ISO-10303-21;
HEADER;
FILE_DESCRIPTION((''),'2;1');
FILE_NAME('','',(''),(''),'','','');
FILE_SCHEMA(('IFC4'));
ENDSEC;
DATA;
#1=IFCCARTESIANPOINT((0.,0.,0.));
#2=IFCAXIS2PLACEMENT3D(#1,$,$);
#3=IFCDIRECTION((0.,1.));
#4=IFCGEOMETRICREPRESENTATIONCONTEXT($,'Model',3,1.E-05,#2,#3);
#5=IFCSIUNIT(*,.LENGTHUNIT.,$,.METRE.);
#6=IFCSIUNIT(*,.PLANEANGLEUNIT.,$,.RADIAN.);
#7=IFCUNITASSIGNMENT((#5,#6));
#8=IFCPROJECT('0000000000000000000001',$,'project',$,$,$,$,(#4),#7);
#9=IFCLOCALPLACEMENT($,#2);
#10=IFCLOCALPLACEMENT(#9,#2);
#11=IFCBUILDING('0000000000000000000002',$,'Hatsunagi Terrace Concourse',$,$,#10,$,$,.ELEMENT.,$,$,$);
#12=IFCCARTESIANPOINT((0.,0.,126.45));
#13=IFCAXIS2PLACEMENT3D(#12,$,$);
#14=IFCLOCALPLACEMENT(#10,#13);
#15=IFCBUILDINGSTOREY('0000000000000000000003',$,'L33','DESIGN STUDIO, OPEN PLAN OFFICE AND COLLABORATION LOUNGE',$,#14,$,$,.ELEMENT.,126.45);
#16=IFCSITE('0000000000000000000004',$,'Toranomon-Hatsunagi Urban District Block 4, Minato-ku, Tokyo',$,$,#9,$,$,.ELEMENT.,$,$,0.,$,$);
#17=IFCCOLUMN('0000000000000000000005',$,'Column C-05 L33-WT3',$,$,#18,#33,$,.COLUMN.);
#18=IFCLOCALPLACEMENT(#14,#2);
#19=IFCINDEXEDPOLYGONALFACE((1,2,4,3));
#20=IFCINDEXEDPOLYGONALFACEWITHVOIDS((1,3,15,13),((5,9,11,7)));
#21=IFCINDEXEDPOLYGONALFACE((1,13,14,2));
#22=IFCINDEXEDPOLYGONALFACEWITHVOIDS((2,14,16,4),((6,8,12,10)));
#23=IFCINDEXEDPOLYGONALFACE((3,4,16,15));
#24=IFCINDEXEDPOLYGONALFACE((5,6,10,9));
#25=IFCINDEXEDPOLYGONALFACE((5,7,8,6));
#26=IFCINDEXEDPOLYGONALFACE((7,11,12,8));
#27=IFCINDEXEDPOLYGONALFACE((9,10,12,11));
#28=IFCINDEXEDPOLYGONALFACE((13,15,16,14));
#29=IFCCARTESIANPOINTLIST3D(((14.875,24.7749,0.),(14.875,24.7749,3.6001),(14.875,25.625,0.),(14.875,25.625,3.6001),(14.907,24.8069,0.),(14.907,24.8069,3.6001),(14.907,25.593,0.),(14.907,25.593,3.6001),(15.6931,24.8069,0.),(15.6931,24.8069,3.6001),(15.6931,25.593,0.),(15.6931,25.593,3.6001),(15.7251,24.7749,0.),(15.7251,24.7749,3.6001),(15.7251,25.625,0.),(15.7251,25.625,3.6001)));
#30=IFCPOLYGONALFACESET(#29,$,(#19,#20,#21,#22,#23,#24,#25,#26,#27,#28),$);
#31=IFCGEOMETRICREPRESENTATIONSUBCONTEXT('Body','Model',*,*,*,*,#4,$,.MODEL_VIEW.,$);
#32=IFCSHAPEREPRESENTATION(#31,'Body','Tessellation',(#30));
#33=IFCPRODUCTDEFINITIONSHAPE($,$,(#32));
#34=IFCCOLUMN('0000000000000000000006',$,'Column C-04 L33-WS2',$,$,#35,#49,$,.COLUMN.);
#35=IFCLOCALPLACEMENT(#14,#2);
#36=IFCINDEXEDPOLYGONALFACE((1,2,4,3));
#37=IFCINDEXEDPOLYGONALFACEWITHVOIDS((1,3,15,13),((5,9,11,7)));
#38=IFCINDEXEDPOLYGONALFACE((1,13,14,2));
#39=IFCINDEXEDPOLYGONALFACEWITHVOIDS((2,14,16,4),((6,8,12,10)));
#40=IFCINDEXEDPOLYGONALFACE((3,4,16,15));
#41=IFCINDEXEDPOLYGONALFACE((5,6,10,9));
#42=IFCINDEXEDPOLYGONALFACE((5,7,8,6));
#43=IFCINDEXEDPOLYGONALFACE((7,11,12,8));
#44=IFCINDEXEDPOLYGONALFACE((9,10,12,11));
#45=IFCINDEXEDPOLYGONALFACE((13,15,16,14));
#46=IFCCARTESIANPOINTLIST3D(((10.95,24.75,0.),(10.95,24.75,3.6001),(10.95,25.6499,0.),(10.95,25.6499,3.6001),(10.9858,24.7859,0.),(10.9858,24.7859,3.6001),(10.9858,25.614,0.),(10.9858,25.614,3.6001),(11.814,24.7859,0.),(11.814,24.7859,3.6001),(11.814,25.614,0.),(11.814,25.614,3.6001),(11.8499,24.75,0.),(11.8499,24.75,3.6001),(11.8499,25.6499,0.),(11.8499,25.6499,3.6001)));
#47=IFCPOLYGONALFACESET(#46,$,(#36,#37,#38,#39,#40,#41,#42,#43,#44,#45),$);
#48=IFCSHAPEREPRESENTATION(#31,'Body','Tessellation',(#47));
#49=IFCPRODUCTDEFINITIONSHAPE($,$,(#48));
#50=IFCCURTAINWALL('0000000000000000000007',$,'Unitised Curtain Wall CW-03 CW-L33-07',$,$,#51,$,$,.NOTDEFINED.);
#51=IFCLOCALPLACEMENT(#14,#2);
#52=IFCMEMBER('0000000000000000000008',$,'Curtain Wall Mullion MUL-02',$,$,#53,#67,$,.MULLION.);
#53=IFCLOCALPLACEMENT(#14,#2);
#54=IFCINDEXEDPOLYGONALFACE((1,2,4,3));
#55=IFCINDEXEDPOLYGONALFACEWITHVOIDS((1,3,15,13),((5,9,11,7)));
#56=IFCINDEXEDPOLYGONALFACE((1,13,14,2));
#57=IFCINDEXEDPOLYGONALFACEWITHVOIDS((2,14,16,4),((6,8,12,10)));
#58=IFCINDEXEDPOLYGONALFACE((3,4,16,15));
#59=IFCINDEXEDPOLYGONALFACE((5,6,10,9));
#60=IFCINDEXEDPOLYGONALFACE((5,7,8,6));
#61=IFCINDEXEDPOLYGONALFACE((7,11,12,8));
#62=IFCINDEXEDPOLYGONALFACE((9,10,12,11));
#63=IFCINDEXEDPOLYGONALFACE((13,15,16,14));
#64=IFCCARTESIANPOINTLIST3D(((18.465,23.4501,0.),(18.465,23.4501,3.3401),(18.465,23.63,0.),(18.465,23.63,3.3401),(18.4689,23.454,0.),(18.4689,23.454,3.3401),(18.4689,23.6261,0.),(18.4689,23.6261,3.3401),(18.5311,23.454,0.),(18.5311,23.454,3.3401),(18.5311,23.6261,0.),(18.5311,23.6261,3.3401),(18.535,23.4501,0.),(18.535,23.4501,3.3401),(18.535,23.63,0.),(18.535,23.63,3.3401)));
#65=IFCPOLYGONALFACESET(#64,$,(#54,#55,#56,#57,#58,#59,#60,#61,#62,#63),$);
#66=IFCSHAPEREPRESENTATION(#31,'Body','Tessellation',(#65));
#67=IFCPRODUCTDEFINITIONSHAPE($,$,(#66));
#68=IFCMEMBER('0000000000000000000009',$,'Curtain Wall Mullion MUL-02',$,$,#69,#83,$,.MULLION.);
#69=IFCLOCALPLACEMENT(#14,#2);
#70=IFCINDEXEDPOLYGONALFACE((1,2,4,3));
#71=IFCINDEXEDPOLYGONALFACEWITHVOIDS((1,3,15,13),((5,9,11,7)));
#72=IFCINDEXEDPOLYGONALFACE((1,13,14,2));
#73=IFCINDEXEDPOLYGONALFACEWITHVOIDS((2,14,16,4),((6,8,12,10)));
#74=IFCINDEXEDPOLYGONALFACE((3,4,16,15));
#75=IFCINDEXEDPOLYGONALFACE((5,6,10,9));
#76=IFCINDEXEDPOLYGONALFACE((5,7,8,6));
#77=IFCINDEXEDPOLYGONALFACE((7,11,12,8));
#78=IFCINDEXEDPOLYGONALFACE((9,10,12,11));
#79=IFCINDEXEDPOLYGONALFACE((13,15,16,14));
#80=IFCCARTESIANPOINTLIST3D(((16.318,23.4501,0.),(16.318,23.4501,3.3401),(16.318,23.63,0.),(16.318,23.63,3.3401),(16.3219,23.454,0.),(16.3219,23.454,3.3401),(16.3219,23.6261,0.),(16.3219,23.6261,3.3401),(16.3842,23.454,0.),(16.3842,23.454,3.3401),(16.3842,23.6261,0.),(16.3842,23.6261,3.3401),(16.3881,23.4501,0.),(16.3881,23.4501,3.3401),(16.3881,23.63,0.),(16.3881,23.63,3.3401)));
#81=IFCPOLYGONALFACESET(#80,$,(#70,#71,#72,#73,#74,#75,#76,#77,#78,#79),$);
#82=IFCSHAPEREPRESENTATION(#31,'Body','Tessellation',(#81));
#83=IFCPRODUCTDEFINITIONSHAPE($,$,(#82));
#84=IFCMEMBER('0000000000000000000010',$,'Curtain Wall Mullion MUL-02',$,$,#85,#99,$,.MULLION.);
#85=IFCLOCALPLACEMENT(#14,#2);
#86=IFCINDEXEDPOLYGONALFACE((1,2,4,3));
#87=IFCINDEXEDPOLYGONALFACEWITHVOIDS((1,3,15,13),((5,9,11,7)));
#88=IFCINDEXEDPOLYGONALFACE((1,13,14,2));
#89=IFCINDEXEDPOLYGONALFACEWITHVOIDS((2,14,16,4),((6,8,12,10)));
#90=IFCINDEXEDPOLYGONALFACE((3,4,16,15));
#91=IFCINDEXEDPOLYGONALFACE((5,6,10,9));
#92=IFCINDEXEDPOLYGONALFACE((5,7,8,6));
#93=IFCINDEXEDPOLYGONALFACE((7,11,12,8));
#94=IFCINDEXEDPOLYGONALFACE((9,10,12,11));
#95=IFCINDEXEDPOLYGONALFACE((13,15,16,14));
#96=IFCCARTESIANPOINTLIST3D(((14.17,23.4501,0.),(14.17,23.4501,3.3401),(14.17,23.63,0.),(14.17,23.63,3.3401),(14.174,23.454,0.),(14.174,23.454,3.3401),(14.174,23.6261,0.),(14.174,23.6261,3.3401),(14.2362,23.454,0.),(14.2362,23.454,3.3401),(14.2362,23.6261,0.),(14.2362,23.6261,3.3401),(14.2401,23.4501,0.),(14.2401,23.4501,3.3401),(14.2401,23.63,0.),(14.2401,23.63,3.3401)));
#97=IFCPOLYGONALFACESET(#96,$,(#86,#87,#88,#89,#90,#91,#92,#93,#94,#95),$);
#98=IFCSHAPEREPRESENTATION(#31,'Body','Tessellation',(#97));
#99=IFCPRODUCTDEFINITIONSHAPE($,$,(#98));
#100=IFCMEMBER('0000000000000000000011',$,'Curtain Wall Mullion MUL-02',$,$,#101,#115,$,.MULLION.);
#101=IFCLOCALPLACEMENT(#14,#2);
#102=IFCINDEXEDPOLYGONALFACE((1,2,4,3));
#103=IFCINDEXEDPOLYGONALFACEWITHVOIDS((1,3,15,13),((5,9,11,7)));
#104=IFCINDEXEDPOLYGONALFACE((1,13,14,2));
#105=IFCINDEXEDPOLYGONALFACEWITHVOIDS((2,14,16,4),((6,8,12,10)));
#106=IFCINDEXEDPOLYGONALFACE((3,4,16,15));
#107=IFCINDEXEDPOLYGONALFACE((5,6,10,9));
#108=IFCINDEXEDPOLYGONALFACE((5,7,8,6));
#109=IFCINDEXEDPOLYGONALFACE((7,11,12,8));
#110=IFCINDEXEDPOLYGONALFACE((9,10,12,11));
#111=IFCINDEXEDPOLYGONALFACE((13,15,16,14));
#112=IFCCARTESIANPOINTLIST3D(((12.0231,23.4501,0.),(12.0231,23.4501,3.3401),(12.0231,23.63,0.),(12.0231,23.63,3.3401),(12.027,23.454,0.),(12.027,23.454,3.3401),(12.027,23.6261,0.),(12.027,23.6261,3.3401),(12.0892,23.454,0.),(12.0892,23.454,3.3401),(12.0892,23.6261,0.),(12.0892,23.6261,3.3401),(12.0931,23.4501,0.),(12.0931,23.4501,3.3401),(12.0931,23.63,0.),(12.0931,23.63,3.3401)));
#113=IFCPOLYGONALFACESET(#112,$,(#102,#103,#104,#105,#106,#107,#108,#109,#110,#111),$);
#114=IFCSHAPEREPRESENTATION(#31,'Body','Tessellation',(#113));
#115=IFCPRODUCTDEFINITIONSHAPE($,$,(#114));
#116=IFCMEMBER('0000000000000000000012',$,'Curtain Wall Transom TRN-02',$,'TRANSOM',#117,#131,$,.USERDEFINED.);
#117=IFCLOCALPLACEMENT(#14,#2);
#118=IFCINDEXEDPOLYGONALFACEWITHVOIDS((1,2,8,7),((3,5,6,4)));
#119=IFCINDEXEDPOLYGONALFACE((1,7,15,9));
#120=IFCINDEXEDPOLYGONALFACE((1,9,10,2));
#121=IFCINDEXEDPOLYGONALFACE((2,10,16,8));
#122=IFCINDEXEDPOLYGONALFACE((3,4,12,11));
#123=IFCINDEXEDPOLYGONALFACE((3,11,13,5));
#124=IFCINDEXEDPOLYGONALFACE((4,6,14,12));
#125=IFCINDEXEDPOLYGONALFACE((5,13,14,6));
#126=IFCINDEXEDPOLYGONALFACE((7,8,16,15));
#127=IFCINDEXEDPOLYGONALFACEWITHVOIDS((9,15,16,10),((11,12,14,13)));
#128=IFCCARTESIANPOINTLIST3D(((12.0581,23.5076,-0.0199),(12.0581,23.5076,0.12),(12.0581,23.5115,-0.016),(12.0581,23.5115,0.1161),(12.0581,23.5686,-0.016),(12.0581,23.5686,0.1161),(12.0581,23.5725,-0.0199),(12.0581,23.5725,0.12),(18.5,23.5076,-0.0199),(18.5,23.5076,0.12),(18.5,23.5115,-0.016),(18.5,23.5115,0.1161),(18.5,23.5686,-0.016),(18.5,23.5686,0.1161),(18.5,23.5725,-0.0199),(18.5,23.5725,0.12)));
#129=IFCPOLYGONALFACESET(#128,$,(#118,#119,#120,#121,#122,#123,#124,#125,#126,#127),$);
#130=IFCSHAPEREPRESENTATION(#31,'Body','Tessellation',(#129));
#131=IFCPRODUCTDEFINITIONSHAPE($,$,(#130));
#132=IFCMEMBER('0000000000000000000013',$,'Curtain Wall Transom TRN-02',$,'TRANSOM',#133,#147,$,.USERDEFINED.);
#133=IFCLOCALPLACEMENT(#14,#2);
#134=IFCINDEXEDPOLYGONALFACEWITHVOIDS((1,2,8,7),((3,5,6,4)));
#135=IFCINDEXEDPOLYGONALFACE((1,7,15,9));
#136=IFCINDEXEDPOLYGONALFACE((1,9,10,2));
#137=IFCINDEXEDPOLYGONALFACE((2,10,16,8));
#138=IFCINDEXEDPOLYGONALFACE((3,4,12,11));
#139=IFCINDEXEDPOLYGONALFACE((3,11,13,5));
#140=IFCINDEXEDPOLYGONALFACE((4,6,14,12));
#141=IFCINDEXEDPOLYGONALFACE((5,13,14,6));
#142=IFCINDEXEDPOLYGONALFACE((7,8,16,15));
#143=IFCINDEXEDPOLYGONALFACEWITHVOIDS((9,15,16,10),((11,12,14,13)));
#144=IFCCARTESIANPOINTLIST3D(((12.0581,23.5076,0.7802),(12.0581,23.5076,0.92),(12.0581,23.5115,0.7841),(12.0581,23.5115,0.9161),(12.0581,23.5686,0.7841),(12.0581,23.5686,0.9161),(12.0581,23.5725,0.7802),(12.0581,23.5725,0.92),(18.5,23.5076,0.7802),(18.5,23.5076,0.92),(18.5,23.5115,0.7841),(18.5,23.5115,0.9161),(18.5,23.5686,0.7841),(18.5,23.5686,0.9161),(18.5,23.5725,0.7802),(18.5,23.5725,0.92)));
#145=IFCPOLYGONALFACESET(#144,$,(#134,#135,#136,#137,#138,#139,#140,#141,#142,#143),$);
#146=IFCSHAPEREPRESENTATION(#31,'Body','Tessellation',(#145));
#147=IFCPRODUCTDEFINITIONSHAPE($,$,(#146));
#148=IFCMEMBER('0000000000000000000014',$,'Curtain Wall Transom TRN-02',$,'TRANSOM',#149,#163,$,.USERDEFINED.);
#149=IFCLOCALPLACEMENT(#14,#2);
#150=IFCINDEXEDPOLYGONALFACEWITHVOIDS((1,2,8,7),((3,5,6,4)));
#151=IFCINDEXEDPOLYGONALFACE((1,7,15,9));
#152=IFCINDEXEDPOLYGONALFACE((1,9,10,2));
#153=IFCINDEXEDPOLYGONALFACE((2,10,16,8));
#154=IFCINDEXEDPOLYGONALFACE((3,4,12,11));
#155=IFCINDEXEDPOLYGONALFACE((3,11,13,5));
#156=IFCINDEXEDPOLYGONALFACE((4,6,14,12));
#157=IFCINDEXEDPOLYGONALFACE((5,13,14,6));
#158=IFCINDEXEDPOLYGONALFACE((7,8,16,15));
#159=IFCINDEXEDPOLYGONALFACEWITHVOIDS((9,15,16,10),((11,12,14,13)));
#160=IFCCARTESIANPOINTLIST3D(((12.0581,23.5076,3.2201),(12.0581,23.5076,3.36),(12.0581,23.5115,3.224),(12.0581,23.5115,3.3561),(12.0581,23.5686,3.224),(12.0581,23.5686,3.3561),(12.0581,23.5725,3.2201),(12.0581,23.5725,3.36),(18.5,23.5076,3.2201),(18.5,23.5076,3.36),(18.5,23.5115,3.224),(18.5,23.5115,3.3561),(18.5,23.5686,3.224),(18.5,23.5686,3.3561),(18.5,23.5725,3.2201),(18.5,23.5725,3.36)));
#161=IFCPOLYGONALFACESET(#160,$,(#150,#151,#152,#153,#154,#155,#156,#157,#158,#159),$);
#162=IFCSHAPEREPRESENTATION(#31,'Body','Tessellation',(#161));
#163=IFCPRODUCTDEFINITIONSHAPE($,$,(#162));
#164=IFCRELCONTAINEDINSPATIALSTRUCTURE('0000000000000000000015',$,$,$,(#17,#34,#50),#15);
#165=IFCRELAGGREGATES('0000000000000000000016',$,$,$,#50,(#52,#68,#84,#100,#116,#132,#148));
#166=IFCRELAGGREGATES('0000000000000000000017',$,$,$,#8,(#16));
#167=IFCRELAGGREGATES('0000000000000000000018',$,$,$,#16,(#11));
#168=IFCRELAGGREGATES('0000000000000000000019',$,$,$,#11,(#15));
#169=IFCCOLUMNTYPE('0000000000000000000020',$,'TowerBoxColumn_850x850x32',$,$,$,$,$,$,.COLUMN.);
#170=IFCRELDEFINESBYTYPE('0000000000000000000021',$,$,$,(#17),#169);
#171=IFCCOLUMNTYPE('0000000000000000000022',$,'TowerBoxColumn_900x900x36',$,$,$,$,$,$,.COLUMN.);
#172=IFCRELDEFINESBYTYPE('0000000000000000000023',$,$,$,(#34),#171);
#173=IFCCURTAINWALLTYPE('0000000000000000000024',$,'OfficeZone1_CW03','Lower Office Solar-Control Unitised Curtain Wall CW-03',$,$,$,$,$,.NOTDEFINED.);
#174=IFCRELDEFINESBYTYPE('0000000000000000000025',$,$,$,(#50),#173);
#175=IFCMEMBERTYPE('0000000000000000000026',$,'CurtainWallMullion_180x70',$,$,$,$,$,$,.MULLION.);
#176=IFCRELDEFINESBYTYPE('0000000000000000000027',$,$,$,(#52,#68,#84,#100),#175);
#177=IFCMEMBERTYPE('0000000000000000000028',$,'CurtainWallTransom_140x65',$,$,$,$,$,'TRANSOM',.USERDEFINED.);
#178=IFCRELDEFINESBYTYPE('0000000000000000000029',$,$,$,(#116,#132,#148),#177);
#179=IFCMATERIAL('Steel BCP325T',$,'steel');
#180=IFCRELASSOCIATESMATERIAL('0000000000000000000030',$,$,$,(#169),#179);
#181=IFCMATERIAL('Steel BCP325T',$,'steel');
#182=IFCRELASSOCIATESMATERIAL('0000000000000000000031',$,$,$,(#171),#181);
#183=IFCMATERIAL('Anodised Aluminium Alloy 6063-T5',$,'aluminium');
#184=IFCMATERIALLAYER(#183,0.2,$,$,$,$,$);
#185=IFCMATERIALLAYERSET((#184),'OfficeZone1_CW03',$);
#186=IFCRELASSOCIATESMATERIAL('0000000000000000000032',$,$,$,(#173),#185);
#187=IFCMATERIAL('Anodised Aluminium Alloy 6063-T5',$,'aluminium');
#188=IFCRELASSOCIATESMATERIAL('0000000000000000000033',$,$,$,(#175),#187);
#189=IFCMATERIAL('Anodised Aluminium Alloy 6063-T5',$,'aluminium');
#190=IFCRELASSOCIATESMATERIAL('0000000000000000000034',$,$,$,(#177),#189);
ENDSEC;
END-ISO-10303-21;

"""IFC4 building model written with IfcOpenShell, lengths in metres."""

from ifc_helpers import new_model, si_unit, direction, frame, origin, origin_2d, place, context, subcontext, project, spatial, hollow_rectangle, extrude, material, layer, layer_set, material_profile, profile_set, type_object, element, aggregate, save


model = new_model("IFC4")

# Units and contexts
model_context = context("Model", 3, precision=1e-05, world=origin(), true_north=direction((0.0, 1.0)))
body_context = subcontext(model_context, "Body", "Model", "MODEL_VIEW")
ifc_project = project(units=[si_unit("LENGTHUNIT", "METRE"), si_unit("PLANEANGLEUNIT", "RADIAN")], contexts=[model_context])

# Site, building, storey
site_placement = place(None, origin())
site = spatial("IfcSite", under=ifc_project, at=site_placement, Name="Toranomon-Hatsunagi Urban District Block 4, Minato-ku, Tokyo", CompositionType="ELEMENT", RefElevation=0.0)
building_placement = place(site_placement, origin())
building = spatial("IfcBuilding", under=site, at=building_placement, Name="Hatsunagi Terrace Concourse", CompositionType="ELEMENT")
storey_placement = place(building_placement, frame((0.0, 0.0, 126.45)))
storey = spatial("IfcBuildingStorey", under=building, at=storey_placement, Name="L33", Description="DESIGN STUDIO, OPEN PLAN OFFICE AND COLLABORATION LOUNGE", CompositionType="ELEMENT", Elevation=126.45)

# Columns
ifc_material_1 = material(Name="Steel BCP325T", Category="steel")
ifc_material_profile_1 = material_profile(ifc_material_1, hollow_rectangle(XDim=0.8501, YDim=0.8501, WallThickness=0.032, at=origin_2d()), Name="BCP-850x850x32")
ifc_profile_set_1 = profile_set([ifc_material_profile_1], Name="Steel BCP325T")
column_type_1 = type_object("IfcColumnType", Name="TowerBoxColumn_850x850x32", PredefinedType="COLUMN", material=ifc_profile_set_1)
column_1_placement = place(storey_placement, frame((15.3, 25.2, 0.0), z_axis=(0.0, 0.0, 1.0), x_axis=(1.0, 0.0, 0.0)))
element("IfcColumn", 1, at=column_1_placement, inside=storey, type_object=column_type_1, Name="Column C-05 L33-WT3", PredefinedType="COLUMN", context=body_context, shape_type="SweptSolid", body=[
    extrude(hollow_rectangle(XDim=0.8501, YDim=0.8501, WallThickness=0.032, at=origin_2d()), origin(), (0.0, 0.0, 1.0), 3.6001),
])
ifc_material_2 = material(Name="Steel BCP325T", Category="steel")
ifc_material_profile_2 = material_profile(ifc_material_2, hollow_rectangle(XDim=0.8999, YDim=0.8999, WallThickness=0.0359, at=origin_2d()), Name="BCP-900x900x36")
ifc_profile_set_2 = profile_set([ifc_material_profile_2], Name="Steel BCP325T")
column_type_2 = type_object("IfcColumnType", Name="TowerBoxColumn_900x900x36", PredefinedType="COLUMN", material=ifc_profile_set_2)
column_2_placement = place(storey_placement, frame((11.3999, 25.2, 0.0), z_axis=(0.0, 0.0, 1.0), x_axis=(1.0, 0.0, 0.0)))
element("IfcColumn", 2, at=column_2_placement, inside=storey, type_object=column_type_2, Name="Column C-04 L33-WS2", PredefinedType="COLUMN", context=body_context, shape_type="SweptSolid", body=[
    extrude(hollow_rectangle(XDim=0.8999, YDim=0.8999, WallThickness=0.0359, at=origin_2d()), origin(), (0.0, 0.0, 1.0), 3.6001),
])

# Curtain wall, members
ifc_material_3 = material(Name="Anodised Aluminium Alloy 6063-T5", Category="aluminium")
ifc_layer_1 = layer(ifc_material_3, 0.2)
ifc_layer_set_1 = layer_set([ifc_layer_1], Name="OfficeZone1_CW03")
curtain_wall_type = type_object("IfcCurtainWallType", Name="OfficeZone1_CW03", Description="Lower Office Solar-Control Unitised Curtain Wall CW-03", PredefinedType="NOTDEFINED", material=ifc_layer_set_1)
curtain_wall_placement = place(storey_placement, origin())
curtain_wall = element("IfcCurtainWall", 3, at=curtain_wall_placement, inside=storey, type_object=curtain_wall_type, Name="Unitised Curtain Wall CW-03 CW-L33-07", PredefinedType="NOTDEFINED")
ifc_material_4 = material(Name="Anodised Aluminium Alloy 6063-T5", Category="aluminium")
ifc_material_profile_3 = material_profile(ifc_material_4, hollow_rectangle(XDim=0.0701, YDim=0.1799, WallThickness=0.0039, at=origin_2d()), Name="ALU-MUL-180x70x4")
ifc_profile_set_3 = profile_set([ifc_material_profile_3], Name="Anodised Aluminium Alloy 6063-T5")
member_type_1 = type_object("IfcMemberType", Name="CurtainWallMullion_180x70", PredefinedType="MULLION", material=ifc_profile_set_3)
member_1_placement = place(storey_placement, frame((18.5, 23.54, 0.0), z_axis=(0.0, 0.0, 1.0), x_axis=(-1.0, 0.0, 0.0)))
member_1 = element("IfcMember", 4, at=member_1_placement, type_object=member_type_1, Name="Curtain Wall Mullion MUL-02", PredefinedType="MULLION", context=body_context, shape_type="SweptSolid", body=[
    extrude(hollow_rectangle(XDim=0.0701, YDim=0.1799, WallThickness=0.0039, at=origin_2d()), origin(), (0.0, 0.0, 1.0), 3.3401),
])
member_2_placement = place(storey_placement, frame((16.353, 23.54, 0.0), z_axis=(0.0, 0.0, 1.0), x_axis=(-1.0, 0.0, 0.0)))
member_2 = element("IfcMember", 5, at=member_2_placement, type_object=member_type_1, Name="Curtain Wall Mullion MUL-02", PredefinedType="MULLION", context=body_context, shape_type="SweptSolid", body=[
    extrude(hollow_rectangle(XDim=0.0701, YDim=0.1799, WallThickness=0.0039, at=origin_2d()), origin(), (0.0, 0.0, 1.0), 3.3401),
])
member_3_placement = place(storey_placement, frame((14.2051, 23.54, 0.0), z_axis=(0.0, 0.0, 1.0), x_axis=(-1.0, 0.0, 0.0)))
member_3 = element("IfcMember", 6, at=member_3_placement, type_object=member_type_1, Name="Curtain Wall Mullion MUL-02", PredefinedType="MULLION", context=body_context, shape_type="SweptSolid", body=[
    extrude(hollow_rectangle(XDim=0.0701, YDim=0.1799, WallThickness=0.0039, at=origin_2d()), origin(), (0.0, 0.0, 1.0), 3.3401),
])
member_4_placement = place(storey_placement, frame((12.0581, 23.54, 0.0), z_axis=(0.0, 0.0, 1.0), x_axis=(-1.0, 0.0, 0.0)))
member_4 = element("IfcMember", 7, at=member_4_placement, type_object=member_type_1, Name="Curtain Wall Mullion MUL-02", PredefinedType="MULLION", context=body_context, shape_type="SweptSolid", body=[
    extrude(hollow_rectangle(XDim=0.0701, YDim=0.1799, WallThickness=0.0039, at=origin_2d()), origin(), (0.0, 0.0, 1.0), 3.3401),
])
ifc_material_5 = material(Name="Anodised Aluminium Alloy 6063-T5", Category="aluminium")
ifc_material_profile_4 = material_profile(ifc_material_5, hollow_rectangle(XDim=0.0649, YDim=0.1399, WallThickness=0.0039, at=origin_2d()), Name="ALU-TRN-140x65x4")
ifc_profile_set_4 = profile_set([ifc_material_profile_4], Name="Anodised Aluminium Alloy 6063-T5")
member_type_2 = type_object("IfcMemberType", Name="CurtainWallTransom_140x65", ElementType="TRANSOM", PredefinedType="USERDEFINED", material=ifc_profile_set_4)
member_5_placement = place(storey_placement, frame((18.5, 23.54, 0.05), z_axis=(-1.0, 0.0, 0.0), x_axis=(0.0, -1.0, 0.0)))
member_5 = element("IfcMember", 8, at=member_5_placement, type_object=member_type_2, Name="Curtain Wall Transom TRN-02", ObjectType="TRANSOM", PredefinedType="USERDEFINED", context=body_context, shape_type="SweptSolid", body=[
    extrude(hollow_rectangle(XDim=0.0649, YDim=0.1399, WallThickness=0.0039, at=origin_2d()), origin(), (0.0, 0.0, 1.0), 6.4419),
])
member_6_placement = place(storey_placement, frame((18.5, 23.54, 0.8501), z_axis=(-1.0, 0.0, 0.0), x_axis=(0.0, -1.0, 0.0)))
member_6 = element("IfcMember", 9, at=member_6_placement, type_object=member_type_2, Name="Curtain Wall Transom TRN-02", ObjectType="TRANSOM", PredefinedType="USERDEFINED", context=body_context, shape_type="SweptSolid", body=[
    extrude(hollow_rectangle(XDim=0.0649, YDim=0.1399, WallThickness=0.0039, at=origin_2d()), origin(), (0.0, 0.0, 1.0), 6.4419),
])
member_7_placement = place(storey_placement, frame((18.5, 23.54, 3.29), z_axis=(-1.0, 0.0, 0.0), x_axis=(0.0, -1.0, 0.0)))
member_7 = element("IfcMember", 10, at=member_7_placement, type_object=member_type_2, Name="Curtain Wall Transom TRN-02", ObjectType="TRANSOM", PredefinedType="USERDEFINED", context=body_context, shape_type="SweptSolid", body=[
    extrude(hollow_rectangle(XDim=0.0649, YDim=0.1399, WallThickness=0.0039, at=origin_2d()), origin(), (0.0, 0.0, 1.0), 6.4419),
])

aggregate(curtain_wall, [member_1, member_2, member_3, member_4, member_5, member_6, member_7])

save(model, "model.ifc")
